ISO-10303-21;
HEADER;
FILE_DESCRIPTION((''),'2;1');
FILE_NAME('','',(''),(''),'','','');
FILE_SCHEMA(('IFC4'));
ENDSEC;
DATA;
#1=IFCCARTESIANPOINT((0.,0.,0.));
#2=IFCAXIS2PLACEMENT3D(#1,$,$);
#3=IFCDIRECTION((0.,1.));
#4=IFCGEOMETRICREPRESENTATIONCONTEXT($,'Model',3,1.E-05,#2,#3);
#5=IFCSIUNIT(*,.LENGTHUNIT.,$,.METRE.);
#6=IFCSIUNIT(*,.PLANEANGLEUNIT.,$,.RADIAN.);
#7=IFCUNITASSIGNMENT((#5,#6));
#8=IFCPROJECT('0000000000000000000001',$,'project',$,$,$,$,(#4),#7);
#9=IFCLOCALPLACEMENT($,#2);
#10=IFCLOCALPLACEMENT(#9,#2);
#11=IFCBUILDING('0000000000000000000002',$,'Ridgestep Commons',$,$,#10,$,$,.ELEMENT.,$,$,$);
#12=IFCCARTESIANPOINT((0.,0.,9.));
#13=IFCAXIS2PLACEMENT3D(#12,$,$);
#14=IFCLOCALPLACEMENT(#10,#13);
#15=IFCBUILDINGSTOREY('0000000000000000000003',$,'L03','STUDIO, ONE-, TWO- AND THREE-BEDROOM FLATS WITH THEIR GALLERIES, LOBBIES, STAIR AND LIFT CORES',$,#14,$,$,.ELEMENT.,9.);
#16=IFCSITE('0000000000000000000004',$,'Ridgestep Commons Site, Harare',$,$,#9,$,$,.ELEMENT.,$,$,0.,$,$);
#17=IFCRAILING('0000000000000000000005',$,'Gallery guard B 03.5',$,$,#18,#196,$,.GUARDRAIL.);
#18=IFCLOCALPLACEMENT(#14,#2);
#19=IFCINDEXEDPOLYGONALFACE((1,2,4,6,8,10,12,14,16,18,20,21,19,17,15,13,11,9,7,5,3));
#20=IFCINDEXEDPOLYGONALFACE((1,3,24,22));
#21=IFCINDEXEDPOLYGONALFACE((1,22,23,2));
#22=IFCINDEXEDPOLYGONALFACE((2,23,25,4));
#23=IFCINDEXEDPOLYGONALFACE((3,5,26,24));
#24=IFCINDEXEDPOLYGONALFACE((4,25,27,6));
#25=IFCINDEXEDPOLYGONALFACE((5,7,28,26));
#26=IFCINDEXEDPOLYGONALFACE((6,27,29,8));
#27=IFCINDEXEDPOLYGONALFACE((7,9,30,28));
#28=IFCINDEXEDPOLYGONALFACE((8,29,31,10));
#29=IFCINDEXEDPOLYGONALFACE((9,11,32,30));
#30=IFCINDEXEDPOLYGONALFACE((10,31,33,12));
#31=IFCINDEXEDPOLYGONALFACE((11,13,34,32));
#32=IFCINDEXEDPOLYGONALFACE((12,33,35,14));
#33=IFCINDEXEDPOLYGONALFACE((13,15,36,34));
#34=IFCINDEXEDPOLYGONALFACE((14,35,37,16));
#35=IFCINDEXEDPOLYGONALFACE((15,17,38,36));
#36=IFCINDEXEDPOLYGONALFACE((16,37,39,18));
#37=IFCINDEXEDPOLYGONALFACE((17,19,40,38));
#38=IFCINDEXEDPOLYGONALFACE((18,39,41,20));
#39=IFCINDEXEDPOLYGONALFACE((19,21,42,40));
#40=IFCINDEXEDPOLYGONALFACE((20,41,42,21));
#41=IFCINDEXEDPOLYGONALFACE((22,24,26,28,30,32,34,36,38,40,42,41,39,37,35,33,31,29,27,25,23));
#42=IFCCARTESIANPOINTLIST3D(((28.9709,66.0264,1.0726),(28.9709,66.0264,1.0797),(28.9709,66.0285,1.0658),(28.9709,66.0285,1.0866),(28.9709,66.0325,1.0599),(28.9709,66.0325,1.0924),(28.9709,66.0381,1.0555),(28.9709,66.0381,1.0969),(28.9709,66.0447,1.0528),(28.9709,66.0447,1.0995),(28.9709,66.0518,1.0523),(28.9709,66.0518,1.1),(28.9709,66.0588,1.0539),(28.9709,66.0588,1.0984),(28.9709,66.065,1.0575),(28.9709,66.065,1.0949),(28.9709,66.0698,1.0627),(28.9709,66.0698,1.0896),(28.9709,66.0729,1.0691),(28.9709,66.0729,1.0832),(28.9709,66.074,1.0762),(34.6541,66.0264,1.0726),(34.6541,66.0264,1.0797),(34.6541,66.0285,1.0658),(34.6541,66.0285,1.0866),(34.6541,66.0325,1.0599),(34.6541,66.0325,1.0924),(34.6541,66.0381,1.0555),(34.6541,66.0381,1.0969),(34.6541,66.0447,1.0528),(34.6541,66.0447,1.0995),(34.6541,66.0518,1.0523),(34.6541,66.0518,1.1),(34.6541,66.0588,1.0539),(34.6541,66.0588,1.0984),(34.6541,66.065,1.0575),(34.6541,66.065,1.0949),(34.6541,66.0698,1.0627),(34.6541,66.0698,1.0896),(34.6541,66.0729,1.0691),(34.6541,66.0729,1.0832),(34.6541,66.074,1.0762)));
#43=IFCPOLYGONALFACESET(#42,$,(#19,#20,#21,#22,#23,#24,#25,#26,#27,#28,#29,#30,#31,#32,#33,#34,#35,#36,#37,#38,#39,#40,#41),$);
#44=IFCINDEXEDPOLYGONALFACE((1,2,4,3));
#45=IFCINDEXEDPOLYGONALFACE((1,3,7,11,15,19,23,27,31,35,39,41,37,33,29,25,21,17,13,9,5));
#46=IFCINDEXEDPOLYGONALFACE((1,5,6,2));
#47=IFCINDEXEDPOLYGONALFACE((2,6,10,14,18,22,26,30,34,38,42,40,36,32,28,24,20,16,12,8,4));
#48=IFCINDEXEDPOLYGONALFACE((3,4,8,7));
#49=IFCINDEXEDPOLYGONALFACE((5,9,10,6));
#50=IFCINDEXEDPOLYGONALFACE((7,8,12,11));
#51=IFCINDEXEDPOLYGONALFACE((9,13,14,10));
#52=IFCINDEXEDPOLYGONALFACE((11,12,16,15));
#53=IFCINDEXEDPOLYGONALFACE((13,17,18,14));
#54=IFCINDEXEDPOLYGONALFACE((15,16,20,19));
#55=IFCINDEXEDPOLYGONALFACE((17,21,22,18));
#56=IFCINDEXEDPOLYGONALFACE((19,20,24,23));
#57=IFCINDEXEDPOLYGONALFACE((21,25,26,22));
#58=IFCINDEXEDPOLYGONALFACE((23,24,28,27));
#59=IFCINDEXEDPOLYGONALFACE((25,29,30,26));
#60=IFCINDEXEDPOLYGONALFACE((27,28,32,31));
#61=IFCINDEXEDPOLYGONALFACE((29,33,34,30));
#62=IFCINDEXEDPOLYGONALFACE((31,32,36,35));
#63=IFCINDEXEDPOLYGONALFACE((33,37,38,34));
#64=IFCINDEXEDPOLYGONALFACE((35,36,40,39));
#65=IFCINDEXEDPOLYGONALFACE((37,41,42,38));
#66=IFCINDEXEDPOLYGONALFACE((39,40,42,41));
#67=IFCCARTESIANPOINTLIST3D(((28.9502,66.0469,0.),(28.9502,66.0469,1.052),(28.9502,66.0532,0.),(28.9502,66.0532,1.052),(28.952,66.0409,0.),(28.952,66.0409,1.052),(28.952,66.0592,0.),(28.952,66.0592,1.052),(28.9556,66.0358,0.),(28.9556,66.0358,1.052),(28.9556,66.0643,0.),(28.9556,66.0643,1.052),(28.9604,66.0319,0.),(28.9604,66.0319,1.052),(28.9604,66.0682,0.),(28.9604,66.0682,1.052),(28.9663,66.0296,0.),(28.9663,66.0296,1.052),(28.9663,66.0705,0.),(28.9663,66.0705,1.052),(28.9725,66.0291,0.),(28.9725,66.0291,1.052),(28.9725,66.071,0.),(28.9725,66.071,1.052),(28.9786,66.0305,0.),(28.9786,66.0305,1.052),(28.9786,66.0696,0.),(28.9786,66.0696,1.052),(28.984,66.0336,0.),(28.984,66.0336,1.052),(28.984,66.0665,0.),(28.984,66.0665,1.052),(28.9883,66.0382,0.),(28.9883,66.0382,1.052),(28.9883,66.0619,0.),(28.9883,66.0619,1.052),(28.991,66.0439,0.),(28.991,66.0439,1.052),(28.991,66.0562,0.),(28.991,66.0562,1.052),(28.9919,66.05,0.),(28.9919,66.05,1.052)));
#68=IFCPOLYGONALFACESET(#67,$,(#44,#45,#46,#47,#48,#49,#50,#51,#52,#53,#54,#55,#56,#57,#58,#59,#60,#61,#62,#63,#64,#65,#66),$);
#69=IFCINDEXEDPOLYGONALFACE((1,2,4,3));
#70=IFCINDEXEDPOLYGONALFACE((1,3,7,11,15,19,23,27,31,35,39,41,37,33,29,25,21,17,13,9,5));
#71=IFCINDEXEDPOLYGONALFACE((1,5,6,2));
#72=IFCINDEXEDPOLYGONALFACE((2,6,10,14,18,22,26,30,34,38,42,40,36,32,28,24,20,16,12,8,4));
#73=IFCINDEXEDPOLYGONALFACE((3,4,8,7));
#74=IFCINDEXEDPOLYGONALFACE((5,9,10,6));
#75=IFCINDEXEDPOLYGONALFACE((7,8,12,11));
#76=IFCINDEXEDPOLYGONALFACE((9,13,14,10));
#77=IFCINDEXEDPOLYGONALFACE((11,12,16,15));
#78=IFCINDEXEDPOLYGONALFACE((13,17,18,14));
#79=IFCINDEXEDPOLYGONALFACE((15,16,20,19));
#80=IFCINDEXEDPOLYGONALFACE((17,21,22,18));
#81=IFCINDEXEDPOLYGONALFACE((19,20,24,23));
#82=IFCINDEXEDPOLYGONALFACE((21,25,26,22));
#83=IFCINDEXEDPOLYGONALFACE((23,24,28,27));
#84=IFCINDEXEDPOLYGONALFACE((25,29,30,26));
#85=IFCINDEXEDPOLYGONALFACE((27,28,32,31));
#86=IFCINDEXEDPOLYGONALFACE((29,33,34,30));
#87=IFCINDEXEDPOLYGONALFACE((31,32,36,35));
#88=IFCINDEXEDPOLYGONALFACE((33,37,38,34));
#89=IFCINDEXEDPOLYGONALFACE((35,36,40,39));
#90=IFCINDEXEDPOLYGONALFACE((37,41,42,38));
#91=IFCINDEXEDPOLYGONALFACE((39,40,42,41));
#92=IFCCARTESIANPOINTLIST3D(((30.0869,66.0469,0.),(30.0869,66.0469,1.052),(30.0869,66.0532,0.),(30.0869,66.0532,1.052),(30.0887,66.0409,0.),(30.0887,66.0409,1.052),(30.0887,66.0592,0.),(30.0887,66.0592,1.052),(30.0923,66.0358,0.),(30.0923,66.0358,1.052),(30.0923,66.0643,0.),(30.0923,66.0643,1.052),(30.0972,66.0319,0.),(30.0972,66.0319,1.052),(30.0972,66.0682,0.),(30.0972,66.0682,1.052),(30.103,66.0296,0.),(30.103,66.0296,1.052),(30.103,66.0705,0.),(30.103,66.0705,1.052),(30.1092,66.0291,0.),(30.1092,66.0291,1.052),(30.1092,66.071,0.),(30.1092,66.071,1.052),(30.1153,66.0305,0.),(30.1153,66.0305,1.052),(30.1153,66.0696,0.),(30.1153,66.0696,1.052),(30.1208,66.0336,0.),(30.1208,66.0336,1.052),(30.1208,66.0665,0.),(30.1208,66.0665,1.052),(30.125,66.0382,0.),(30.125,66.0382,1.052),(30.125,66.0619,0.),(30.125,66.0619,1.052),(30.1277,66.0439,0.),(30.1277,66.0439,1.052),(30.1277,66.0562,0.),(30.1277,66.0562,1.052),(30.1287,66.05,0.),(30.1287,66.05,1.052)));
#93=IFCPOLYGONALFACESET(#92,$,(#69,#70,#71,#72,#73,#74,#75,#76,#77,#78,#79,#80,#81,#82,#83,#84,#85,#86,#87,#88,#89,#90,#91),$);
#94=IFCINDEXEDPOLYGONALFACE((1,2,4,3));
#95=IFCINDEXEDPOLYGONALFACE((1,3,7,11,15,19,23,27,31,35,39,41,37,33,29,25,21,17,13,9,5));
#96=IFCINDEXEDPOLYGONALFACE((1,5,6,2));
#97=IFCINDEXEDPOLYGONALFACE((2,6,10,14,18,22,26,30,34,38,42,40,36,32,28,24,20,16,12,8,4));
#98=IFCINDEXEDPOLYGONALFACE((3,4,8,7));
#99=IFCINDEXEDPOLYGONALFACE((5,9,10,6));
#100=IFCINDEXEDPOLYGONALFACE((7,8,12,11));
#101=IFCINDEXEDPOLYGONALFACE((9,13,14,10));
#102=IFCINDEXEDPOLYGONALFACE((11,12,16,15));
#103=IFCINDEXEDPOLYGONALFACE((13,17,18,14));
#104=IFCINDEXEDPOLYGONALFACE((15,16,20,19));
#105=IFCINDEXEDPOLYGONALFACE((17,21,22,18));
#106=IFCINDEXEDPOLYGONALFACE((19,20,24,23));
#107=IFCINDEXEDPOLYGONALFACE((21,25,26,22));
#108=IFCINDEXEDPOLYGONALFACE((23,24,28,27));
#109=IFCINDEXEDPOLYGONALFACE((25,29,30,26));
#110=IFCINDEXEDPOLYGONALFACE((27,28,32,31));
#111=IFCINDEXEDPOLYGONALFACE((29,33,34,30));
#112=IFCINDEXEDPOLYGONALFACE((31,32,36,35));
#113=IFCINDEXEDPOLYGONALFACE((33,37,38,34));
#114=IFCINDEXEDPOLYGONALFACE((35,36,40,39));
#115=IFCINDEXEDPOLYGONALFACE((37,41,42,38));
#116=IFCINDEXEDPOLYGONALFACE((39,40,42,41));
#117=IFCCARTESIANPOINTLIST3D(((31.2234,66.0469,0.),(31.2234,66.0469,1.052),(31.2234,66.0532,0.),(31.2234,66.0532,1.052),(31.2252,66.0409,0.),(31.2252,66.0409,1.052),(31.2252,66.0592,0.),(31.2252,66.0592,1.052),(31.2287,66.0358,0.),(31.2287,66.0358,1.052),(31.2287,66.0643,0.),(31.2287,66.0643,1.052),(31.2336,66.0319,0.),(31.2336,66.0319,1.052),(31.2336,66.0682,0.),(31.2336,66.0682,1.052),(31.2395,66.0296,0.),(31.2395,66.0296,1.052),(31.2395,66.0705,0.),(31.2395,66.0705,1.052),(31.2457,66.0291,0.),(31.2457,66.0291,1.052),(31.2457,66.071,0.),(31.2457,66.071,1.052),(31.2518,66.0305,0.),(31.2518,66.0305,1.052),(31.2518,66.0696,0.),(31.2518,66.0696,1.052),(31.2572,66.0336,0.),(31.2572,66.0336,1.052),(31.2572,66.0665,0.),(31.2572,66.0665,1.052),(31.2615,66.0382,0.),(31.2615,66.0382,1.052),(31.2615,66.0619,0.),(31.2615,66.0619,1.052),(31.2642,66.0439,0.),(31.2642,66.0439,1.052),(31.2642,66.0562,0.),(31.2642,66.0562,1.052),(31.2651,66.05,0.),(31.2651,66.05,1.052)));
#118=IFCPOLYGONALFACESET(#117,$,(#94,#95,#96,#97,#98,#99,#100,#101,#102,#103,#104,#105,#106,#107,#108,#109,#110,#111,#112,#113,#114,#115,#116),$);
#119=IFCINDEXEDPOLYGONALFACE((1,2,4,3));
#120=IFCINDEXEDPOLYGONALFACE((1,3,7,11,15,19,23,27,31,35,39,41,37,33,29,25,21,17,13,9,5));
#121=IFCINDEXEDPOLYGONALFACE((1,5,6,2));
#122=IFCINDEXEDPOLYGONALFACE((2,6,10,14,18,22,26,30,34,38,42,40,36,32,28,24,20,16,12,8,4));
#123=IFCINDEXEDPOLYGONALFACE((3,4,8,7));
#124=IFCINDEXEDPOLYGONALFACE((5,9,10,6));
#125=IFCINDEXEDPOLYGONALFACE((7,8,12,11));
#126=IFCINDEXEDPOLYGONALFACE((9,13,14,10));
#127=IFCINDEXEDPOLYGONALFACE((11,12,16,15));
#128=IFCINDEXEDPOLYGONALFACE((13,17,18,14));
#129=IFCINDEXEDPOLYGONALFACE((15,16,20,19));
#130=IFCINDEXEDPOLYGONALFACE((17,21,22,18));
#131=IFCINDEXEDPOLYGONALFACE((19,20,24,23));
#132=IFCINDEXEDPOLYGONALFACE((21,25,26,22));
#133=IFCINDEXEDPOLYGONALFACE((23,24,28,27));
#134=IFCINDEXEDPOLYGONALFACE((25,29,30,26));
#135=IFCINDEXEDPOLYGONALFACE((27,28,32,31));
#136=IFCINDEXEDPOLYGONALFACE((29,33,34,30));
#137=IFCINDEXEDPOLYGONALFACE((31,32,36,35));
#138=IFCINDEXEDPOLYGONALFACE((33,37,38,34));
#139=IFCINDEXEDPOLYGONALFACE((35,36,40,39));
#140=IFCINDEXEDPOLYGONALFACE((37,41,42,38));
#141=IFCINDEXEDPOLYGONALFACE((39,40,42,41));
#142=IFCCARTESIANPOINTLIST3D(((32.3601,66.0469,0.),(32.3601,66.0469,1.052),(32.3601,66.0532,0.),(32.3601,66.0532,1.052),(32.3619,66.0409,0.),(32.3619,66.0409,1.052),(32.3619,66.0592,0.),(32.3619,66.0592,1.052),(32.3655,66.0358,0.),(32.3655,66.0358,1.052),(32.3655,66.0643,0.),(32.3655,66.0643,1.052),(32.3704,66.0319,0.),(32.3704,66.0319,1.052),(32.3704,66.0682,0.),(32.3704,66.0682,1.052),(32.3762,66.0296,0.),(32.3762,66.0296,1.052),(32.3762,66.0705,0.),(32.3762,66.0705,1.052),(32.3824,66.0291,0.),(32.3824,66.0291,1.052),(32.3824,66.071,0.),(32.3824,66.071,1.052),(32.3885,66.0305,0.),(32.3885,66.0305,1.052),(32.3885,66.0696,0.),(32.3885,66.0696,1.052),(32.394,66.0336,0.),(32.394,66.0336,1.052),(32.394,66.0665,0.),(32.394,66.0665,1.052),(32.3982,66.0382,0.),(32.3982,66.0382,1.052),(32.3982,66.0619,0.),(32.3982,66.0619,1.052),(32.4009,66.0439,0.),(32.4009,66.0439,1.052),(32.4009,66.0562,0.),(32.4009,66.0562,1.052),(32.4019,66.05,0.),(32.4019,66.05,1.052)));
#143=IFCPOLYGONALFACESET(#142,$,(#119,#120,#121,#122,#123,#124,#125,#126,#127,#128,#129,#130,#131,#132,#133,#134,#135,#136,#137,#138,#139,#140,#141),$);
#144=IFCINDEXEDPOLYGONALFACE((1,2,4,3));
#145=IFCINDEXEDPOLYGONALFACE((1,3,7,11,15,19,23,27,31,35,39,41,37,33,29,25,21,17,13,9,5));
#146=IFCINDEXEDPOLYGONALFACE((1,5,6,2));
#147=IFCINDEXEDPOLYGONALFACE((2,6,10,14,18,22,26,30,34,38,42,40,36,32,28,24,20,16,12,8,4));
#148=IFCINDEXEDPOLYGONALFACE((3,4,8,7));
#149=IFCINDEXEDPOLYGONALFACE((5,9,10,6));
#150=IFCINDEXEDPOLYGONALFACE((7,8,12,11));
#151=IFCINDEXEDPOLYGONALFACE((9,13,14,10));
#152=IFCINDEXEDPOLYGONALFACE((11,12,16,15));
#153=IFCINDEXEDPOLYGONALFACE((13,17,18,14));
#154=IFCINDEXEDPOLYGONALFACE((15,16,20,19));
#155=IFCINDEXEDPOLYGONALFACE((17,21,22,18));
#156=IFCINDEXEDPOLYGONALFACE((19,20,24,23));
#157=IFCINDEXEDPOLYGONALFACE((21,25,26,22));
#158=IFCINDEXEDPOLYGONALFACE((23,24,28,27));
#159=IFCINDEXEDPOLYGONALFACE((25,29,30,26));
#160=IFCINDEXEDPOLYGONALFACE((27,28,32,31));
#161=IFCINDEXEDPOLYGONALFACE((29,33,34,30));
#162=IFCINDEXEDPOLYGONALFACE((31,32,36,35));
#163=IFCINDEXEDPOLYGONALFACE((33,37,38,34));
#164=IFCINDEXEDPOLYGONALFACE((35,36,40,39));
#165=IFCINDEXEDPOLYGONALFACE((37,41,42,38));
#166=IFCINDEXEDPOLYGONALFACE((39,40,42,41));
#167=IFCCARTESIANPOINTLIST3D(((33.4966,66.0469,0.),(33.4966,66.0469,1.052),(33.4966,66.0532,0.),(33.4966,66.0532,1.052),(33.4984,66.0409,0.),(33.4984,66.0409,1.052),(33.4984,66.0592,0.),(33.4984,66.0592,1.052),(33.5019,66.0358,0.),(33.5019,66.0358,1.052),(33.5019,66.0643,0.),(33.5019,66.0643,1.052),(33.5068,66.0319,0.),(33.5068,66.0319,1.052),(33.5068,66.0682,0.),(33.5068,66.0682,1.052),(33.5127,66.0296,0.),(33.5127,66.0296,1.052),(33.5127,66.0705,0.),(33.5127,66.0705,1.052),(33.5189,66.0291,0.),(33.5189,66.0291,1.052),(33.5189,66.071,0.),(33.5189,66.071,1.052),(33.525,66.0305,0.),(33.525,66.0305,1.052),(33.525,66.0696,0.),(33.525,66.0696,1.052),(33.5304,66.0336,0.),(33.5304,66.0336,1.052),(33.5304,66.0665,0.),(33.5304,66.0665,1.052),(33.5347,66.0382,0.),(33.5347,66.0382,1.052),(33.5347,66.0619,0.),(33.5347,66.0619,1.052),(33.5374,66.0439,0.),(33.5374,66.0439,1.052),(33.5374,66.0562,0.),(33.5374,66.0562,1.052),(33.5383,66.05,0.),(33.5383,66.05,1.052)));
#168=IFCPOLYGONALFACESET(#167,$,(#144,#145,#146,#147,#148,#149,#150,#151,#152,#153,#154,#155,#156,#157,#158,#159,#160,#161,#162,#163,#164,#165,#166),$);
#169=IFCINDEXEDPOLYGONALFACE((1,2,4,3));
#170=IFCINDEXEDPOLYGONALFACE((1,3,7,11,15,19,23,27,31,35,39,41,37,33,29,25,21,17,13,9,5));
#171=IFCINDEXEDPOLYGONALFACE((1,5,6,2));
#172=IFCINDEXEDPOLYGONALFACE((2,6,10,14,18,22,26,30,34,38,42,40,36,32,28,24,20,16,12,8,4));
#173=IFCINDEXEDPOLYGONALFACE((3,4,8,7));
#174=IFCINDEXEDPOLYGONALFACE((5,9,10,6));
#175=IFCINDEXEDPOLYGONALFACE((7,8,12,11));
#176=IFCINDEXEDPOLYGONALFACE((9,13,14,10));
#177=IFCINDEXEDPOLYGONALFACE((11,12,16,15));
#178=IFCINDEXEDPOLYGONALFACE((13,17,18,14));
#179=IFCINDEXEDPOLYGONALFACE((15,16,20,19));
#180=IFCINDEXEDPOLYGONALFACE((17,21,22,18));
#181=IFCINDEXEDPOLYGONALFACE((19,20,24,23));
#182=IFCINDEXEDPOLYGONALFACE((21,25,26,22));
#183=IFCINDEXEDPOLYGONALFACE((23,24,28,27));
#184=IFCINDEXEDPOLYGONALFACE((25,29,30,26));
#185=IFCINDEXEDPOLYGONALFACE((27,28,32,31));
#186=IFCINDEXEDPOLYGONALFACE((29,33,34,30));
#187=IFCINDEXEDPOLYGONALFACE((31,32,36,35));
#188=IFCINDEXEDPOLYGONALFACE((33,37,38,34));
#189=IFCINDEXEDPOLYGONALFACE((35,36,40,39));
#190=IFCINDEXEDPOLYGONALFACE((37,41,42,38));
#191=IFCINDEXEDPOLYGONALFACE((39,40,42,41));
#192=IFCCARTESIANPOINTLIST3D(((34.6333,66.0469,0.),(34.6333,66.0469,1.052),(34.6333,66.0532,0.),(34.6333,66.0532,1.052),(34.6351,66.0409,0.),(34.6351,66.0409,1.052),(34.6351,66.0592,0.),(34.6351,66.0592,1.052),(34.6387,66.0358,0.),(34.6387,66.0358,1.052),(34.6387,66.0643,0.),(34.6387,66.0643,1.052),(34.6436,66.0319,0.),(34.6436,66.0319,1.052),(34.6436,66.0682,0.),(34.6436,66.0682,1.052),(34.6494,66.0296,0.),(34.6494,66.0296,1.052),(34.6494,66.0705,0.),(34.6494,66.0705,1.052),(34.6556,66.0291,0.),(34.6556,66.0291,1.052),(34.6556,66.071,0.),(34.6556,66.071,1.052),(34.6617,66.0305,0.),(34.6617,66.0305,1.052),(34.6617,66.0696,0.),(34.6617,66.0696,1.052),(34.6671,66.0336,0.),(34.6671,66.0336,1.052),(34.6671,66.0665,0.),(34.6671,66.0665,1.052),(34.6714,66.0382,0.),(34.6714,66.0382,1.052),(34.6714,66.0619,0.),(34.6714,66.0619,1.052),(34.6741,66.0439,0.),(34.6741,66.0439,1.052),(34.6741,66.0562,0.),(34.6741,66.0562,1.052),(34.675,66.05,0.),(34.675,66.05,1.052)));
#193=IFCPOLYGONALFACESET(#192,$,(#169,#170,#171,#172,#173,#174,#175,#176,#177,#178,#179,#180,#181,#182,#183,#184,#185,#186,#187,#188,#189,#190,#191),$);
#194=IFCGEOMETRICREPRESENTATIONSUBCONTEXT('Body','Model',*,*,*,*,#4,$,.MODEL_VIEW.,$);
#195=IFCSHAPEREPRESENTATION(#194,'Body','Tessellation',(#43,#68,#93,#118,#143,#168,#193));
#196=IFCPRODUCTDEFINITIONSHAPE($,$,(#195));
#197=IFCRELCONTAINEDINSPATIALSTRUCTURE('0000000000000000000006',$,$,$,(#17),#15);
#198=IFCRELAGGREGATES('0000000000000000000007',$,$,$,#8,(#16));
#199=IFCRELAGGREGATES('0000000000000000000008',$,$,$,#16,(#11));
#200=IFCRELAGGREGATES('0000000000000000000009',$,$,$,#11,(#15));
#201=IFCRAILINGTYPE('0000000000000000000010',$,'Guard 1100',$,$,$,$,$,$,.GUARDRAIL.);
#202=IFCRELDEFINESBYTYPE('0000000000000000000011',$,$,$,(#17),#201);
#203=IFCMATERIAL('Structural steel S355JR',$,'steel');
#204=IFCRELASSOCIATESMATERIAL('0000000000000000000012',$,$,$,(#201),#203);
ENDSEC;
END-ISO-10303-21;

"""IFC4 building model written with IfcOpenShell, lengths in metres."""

from ifc_helpers import new_model, si_unit, direction, frame, origin, origin_2d, place, context, subcontext, project, spatial, circle, extrude, material, type_object, element, save


model = new_model("IFC4")

# Units and contexts
model_context = context("Model", 3, precision=1e-05, world=origin(), true_north=direction((0.0, 1.0)))
body_context = subcontext(model_context, "Body", "Model", "MODEL_VIEW")
ifc_project = project(units=[si_unit("LENGTHUNIT", "METRE"), si_unit("PLANEANGLEUNIT", "RADIAN")], contexts=[model_context])

# Site, building, storey
site_placement = place(None, origin())
site = spatial("IfcSite", under=ifc_project, at=site_placement, Name="Ridgestep Commons Site, Harare", CompositionType="ELEMENT", RefElevation=0.0)
building_placement = place(site_placement, origin())
building = spatial("IfcBuilding", under=site, at=building_placement, Name="Ridgestep Commons", CompositionType="ELEMENT")
storey_placement = place(building_placement, frame((0.0, 0.0, 9.0)))
storey = spatial("IfcBuildingStorey", under=building, at=storey_placement, Name="L03", Description="STUDIO, ONE-, TWO- AND THREE-BEDROOM FLATS WITH THEIR GALLERIES, LOBBIES, STAIR AND LIFT CORES", CompositionType="ELEMENT", Elevation=9.0)

# Railing
ifc_material_1 = material(Name="Structural steel S355JR", Category="steel")
railing_type_1 = type_object("IfcRailingType", Name="Guard 1100", PredefinedType="GUARDRAIL", material=ifc_material_1)
railing_1_placement = place(storey_placement, frame((28.9709, 66.05, 0.0)))
element("IfcRailing", 1, at=railing_1_placement, inside=storey, type_object=railing_type_1, Name="Gallery guard B 03.5", PredefinedType="GUARDRAIL", context=body_context, shape_type="SweptSolid", body=[
    extrude(circle(Radius=0.0239, at=origin_2d()), frame((0.0, 0.0, 1.0762), z_axis=(1.0, 0.0, 0.0), x_axis=(0.0, 1.0, 0.0)), (0.0, 0.0, 1.0), 5.6831),
    extrude(circle(Radius=0.021, at=origin_2d()), origin(), (0.0, 0.0, 1.0), 1.052),
    extrude(circle(Radius=0.021, at=origin_2d()), frame((1.1367, 0.0, 0.0)), (0.0, 0.0, 1.0), 1.052),
    extrude(circle(Radius=0.021, at=origin_2d()), frame((2.2732, 0.0, 0.0)), (0.0, 0.0, 1.0), 1.052),
    extrude(circle(Radius=0.021, at=origin_2d()), frame((3.4099, 0.0, 0.0)), (0.0, 0.0, 1.0), 1.052),
    extrude(circle(Radius=0.021, at=origin_2d()), frame((4.5464, 0.0, 0.0)), (0.0, 0.0, 1.0), 1.052),
    extrude(circle(Radius=0.021, at=origin_2d()), frame((5.6831, 0.0, 0.0)), (0.0, 0.0, 1.0), 1.052),
])

save(model, "model.ifc")
